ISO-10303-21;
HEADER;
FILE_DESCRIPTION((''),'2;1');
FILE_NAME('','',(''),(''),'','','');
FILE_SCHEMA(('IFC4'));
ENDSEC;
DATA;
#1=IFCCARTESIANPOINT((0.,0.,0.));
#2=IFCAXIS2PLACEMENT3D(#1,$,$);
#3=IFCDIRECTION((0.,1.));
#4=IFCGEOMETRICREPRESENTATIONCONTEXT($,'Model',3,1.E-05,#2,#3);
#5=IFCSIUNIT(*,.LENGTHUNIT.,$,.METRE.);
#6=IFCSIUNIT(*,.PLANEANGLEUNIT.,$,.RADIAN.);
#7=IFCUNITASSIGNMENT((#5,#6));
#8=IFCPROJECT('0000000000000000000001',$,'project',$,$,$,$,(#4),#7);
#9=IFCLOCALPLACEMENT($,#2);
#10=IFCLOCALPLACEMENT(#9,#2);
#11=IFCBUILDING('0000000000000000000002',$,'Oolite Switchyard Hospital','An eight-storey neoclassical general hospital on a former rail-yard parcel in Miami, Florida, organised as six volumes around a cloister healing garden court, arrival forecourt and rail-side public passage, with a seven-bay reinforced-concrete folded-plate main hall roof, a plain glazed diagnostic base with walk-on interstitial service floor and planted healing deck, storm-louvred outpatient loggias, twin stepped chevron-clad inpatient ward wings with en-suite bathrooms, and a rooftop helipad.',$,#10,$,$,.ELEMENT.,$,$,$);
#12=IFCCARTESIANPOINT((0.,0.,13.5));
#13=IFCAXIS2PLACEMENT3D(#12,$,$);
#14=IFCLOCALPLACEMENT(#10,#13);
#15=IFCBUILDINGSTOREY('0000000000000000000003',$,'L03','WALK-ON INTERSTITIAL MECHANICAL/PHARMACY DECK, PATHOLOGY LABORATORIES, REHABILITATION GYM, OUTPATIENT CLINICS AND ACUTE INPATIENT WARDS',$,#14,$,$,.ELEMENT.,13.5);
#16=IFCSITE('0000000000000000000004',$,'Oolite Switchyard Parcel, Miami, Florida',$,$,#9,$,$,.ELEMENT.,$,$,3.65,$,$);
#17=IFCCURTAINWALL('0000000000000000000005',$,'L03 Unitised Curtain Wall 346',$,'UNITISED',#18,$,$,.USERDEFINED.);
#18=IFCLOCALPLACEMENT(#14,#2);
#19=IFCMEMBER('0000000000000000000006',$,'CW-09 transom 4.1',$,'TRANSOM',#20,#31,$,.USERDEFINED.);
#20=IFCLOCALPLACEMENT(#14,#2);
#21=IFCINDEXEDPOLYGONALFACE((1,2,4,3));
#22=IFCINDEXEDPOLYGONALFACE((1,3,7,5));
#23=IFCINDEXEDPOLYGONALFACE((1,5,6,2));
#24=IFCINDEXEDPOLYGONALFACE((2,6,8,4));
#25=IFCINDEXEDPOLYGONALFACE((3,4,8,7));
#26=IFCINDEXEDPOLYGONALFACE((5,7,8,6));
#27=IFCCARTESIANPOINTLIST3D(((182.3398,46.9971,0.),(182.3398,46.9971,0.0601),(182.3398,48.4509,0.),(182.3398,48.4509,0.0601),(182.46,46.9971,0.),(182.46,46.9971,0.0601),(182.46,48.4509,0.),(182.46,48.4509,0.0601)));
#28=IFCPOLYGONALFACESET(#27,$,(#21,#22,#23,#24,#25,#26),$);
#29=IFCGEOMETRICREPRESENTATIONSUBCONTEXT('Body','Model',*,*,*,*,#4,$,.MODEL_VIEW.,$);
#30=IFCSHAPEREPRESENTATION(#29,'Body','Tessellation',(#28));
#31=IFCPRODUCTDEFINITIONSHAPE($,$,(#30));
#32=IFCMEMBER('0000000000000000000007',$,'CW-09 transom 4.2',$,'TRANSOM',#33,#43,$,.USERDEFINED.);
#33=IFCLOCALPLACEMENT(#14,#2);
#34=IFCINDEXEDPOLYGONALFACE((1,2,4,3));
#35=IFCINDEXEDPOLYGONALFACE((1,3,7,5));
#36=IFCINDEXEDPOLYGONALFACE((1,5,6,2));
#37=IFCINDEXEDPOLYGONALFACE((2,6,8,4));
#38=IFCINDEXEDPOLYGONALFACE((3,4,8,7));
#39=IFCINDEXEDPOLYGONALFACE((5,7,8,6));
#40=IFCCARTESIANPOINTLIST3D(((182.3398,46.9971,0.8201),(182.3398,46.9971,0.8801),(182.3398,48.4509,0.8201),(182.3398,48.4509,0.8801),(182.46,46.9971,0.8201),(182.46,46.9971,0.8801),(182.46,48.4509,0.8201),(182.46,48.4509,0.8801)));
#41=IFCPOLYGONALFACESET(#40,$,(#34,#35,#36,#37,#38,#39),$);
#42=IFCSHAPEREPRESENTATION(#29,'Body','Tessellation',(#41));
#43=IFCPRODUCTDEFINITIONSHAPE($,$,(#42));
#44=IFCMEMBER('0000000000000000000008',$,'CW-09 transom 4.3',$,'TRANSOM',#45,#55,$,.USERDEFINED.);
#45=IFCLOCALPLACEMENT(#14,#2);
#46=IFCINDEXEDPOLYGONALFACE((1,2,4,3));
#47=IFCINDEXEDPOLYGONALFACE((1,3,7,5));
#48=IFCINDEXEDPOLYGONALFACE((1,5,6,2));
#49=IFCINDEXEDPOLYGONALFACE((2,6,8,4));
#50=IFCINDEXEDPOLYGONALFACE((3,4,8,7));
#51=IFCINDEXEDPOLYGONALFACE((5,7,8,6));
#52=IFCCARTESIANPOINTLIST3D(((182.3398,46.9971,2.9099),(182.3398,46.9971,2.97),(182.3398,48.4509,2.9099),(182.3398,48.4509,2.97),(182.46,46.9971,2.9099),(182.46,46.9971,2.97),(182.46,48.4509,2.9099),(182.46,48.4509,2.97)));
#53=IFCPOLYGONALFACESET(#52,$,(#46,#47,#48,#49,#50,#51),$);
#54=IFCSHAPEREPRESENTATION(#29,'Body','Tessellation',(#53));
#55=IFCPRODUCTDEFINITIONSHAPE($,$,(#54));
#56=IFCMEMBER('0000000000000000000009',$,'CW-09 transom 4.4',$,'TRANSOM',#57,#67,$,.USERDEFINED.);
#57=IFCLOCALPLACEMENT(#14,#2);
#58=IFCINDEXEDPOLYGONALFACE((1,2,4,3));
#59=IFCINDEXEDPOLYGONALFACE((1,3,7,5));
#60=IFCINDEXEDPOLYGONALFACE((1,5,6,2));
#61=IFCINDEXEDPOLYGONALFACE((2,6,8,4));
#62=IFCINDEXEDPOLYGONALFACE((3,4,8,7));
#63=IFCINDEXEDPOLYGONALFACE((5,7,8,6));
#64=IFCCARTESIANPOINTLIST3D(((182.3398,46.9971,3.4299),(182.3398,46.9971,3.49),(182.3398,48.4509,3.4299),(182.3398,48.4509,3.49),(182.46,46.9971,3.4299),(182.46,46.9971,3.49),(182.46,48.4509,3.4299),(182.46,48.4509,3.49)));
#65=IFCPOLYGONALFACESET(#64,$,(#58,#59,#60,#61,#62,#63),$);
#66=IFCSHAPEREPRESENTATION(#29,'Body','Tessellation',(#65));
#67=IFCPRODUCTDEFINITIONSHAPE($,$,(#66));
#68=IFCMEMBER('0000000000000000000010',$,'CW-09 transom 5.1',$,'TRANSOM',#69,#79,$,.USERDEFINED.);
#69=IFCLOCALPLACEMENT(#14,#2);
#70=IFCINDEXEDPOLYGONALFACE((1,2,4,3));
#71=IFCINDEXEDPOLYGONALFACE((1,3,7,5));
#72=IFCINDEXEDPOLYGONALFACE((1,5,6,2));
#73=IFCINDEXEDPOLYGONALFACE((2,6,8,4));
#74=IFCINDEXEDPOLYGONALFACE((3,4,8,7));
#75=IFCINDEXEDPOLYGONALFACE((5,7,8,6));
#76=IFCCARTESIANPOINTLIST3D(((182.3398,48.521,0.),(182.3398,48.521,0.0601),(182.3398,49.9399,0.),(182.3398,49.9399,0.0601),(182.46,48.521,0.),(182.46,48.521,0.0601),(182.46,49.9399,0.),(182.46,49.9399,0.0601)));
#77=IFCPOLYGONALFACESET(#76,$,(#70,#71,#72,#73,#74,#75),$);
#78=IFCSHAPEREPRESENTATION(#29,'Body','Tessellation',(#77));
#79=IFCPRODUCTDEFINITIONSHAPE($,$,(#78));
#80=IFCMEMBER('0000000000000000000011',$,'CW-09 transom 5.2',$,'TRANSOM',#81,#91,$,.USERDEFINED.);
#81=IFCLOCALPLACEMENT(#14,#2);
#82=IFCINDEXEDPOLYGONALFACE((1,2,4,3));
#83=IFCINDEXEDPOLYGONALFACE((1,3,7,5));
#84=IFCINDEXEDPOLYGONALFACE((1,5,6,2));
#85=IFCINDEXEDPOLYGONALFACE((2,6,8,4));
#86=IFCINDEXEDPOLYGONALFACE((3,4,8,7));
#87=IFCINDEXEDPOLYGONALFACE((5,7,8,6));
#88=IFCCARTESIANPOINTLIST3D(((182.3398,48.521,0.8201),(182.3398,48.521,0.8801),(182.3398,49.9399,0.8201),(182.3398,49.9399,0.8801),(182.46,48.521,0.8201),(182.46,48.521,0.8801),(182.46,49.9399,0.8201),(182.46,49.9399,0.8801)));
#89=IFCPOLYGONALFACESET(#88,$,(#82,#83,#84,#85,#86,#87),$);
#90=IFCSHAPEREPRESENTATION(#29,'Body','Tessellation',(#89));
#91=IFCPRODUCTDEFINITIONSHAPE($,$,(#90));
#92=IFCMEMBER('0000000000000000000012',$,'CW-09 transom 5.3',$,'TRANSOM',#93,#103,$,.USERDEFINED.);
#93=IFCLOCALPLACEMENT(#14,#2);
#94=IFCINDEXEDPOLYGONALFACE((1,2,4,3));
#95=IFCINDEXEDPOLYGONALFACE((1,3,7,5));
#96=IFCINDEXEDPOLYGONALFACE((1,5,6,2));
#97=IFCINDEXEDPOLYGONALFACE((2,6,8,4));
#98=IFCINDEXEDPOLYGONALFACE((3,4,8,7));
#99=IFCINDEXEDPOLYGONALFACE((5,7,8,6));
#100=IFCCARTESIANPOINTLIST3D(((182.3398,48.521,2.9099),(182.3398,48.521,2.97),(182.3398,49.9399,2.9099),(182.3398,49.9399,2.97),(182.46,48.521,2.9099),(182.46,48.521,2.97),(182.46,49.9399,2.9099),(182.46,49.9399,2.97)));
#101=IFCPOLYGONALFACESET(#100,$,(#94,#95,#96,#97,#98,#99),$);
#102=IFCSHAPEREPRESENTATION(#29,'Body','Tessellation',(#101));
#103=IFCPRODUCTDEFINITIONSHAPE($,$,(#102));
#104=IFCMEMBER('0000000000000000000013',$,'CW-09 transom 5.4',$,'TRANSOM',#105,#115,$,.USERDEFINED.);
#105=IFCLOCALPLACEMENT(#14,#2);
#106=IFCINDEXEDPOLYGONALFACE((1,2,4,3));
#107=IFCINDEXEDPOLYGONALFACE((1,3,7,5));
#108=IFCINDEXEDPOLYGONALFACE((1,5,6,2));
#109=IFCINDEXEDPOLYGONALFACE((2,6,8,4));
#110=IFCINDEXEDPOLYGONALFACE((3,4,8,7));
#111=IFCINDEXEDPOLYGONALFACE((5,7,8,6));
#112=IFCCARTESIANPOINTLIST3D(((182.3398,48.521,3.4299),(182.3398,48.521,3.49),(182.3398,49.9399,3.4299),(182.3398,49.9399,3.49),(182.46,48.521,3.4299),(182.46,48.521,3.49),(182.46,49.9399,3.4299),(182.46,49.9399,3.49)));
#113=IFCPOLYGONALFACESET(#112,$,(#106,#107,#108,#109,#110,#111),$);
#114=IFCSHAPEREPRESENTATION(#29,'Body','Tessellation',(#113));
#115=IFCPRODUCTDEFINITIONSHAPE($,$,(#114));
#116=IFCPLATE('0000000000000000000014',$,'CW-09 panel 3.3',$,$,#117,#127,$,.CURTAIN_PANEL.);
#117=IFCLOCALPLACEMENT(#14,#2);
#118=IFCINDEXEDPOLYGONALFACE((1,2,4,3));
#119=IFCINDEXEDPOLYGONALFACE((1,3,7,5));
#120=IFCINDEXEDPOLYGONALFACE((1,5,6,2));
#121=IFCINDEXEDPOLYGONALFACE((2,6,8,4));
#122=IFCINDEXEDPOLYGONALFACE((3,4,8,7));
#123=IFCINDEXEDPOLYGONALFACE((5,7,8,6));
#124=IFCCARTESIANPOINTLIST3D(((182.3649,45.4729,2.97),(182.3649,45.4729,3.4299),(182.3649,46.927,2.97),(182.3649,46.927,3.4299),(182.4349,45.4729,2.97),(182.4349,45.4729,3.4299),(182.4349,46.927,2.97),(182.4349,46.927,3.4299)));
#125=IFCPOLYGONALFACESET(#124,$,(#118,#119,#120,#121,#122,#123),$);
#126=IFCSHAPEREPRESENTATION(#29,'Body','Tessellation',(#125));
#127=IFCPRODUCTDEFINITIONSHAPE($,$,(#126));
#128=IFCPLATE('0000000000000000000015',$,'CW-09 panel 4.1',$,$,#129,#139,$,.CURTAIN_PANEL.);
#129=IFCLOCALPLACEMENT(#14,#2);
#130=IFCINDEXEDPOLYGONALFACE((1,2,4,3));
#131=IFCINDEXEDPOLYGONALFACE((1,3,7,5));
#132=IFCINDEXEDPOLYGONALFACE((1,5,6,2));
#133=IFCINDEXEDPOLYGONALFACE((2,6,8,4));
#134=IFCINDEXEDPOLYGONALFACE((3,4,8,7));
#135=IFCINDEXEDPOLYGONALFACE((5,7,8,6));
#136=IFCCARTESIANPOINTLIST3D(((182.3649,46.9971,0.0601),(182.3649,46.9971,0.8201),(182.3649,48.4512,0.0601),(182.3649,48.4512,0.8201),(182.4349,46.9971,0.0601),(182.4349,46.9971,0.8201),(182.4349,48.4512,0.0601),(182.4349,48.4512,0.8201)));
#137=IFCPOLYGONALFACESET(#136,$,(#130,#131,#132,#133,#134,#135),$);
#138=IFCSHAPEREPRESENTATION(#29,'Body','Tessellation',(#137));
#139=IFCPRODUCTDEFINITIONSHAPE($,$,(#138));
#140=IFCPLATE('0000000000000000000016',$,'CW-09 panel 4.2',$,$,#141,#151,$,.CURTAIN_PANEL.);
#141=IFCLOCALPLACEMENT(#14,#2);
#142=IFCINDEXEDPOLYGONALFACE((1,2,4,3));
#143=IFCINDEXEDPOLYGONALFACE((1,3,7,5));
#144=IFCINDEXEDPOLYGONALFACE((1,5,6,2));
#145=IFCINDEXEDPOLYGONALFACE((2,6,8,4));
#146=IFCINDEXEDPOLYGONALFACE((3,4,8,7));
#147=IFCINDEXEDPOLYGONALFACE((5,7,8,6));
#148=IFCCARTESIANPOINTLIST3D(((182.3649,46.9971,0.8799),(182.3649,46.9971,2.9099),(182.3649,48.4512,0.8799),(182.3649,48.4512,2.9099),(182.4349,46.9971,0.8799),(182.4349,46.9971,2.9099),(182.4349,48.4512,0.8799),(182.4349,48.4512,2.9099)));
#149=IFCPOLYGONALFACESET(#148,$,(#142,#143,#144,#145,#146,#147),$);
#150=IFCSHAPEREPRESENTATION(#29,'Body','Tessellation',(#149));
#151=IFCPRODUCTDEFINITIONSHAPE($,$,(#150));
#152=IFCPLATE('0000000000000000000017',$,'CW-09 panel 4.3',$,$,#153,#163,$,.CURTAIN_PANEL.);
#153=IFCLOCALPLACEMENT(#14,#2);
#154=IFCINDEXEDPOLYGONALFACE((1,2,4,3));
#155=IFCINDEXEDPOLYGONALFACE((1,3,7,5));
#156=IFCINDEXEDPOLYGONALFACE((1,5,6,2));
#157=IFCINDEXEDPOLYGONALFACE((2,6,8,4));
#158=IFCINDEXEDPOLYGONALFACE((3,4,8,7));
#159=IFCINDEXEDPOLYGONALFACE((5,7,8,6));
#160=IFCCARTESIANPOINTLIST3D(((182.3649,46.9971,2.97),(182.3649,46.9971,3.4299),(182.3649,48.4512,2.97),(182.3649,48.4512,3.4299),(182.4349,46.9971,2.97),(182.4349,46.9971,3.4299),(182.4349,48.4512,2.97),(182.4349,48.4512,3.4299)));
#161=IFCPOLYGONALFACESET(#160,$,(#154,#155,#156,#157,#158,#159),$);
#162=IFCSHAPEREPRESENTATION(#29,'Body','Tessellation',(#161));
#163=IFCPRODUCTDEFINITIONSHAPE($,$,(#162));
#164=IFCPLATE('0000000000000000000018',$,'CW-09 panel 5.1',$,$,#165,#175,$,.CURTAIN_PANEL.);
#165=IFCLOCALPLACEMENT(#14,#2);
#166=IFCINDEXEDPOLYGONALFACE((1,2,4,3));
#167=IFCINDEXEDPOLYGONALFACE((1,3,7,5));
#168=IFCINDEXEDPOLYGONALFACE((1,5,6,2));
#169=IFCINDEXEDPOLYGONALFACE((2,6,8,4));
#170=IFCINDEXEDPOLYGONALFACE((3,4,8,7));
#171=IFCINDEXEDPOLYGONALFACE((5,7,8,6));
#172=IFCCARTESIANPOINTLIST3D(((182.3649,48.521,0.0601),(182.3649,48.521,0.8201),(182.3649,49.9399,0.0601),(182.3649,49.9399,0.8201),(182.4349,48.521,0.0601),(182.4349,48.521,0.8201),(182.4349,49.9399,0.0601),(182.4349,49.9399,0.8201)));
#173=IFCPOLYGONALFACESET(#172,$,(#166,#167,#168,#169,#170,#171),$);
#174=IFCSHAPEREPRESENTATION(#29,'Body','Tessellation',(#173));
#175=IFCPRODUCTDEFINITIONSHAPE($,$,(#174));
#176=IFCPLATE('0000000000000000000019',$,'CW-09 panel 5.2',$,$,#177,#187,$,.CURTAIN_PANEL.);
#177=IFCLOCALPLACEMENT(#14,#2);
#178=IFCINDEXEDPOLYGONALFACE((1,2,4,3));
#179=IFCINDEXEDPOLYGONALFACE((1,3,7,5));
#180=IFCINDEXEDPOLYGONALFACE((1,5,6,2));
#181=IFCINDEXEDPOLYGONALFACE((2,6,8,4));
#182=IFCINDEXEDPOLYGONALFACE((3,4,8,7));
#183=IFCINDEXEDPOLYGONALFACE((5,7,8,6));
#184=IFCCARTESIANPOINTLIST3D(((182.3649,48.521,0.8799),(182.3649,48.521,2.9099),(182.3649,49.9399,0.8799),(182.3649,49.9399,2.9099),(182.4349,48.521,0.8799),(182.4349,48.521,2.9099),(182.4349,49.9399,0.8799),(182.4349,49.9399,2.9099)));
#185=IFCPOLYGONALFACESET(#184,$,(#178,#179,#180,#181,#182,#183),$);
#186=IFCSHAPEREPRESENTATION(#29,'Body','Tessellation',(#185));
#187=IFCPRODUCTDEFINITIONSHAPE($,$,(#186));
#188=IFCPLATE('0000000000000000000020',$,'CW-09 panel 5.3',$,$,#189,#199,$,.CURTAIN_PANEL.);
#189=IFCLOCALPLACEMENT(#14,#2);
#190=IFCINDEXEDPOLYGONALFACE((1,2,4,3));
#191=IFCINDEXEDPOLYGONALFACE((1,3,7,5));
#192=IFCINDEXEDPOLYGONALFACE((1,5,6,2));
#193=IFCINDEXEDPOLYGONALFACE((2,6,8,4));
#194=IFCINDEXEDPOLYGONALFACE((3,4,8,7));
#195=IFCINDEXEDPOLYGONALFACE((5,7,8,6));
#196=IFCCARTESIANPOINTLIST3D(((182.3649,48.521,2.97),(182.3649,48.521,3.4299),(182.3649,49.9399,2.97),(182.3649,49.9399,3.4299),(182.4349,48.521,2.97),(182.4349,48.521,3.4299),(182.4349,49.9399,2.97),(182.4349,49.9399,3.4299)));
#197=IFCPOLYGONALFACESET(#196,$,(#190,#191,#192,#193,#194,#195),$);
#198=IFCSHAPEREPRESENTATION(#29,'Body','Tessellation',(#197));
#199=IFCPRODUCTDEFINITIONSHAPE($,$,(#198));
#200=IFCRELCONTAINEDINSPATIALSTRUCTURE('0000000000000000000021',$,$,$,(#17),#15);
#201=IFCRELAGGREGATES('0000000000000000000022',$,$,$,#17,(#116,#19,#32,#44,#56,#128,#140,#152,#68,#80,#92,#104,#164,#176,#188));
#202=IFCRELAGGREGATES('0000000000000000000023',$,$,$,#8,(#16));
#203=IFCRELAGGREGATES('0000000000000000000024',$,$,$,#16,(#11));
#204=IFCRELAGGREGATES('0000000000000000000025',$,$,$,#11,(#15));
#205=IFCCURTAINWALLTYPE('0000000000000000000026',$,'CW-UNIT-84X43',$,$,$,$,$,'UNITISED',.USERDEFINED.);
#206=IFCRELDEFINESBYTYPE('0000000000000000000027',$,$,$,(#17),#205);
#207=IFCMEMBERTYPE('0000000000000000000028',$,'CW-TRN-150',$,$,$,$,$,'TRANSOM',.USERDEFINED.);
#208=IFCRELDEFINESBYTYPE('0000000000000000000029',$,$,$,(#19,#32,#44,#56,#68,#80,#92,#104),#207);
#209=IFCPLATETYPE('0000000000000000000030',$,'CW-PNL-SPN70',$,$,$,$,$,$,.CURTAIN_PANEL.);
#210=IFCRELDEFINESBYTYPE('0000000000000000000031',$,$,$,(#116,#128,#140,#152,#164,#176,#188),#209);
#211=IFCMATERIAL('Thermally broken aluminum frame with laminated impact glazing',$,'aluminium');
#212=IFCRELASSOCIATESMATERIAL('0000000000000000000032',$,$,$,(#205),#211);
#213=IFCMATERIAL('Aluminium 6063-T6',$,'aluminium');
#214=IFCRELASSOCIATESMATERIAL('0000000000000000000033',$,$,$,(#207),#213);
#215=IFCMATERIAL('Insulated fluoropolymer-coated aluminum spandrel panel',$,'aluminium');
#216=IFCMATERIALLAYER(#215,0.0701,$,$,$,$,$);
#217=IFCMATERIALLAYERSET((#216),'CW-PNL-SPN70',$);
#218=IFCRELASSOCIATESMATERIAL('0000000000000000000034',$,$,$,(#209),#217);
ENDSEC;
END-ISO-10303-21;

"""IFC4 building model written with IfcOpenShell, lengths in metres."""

from ifc_helpers import new_model, si_unit, direction, frame, origin, origin_2d, place, context, subcontext, project, spatial, rectangle, extrude, material, layer, layer_set, material_profile, profile_set, type_object, element, aggregate, save


model = new_model("IFC4")

# Units and contexts
model_context = context("Model", 3, precision=1e-05, world=origin(), true_north=direction((0.0, 1.0)))
body_context = subcontext(model_context, "Body", "Model", "MODEL_VIEW")
ifc_project = project(units=[si_unit("LENGTHUNIT", "METRE"), si_unit("PLANEANGLEUNIT", "RADIAN")], contexts=[model_context])

# Site, building, storey
site_placement = place(None, origin())
site = spatial("IfcSite", under=ifc_project, at=site_placement, Name="Oolite Switchyard Parcel, Miami, Florida", CompositionType="ELEMENT", RefElevation=3.65)
building_placement = place(site_placement, origin())
building = spatial("IfcBuilding", under=site, at=building_placement, Name="Oolite Switchyard Hospital", Description="An eight-storey neoclassical general hospital on a former rail-yard parcel in Miami, Florida, organised as six volumes around a cloister healing garden court, arrival forecourt and rail-side public passage, with a seven-bay reinforced-concrete folded-plate main hall roof, a plain glazed diagnostic base with walk-on interstitial service floor and planted healing deck, storm-louvred outpatient loggias, twin stepped chevron-clad inpatient ward wings with en-suite bathrooms, and a rooftop helipad.", CompositionType="ELEMENT")
storey_placement = place(building_placement, frame((0.0, 0.0, 13.5)))
storey = spatial("IfcBuildingStorey", under=building, at=storey_placement, Name="L03", Description="WALK-ON INTERSTITIAL MECHANICAL/PHARMACY DECK, PATHOLOGY LABORATORIES, REHABILITATION GYM, OUTPATIENT CLINICS AND ACUTE INPATIENT WARDS", CompositionType="ELEMENT", Elevation=13.5)

# Curtain wall, members, plates
ifc_material_1 = material(Name="Thermally broken aluminum frame with laminated impact glazing", Category="aluminium")
curtain_wall_type = type_object("IfcCurtainWallType", Name="CW-UNIT-84X43", ElementType="UNITISED", PredefinedType="USERDEFINED", material=ifc_material_1)
curtain_wall_placement = place(storey_placement, origin())
curtain_wall = element("IfcCurtainWall", 1, at=curtain_wall_placement, inside=storey, type_object=curtain_wall_type, Name="L03 Unitised Curtain Wall 346", ObjectType="UNITISED", PredefinedType="USERDEFINED")
ifc_material_2 = material(Name="Aluminium 6063-T6", Category="aluminium")
ifc_material_profile_1 = material_profile(ifc_material_2, rectangle(XDim=0.1201, YDim=0.0601, at=origin_2d()), Name="CWT60X120")
ifc_profile_set_1 = profile_set([ifc_material_profile_1], Name="Aluminium 6063-T6")
member_type_1 = type_object("IfcMemberType", Name="CW-TRN-150", ElementType="TRANSOM", PredefinedType="USERDEFINED", material=ifc_profile_set_1)
member_1_placement = place(storey_placement, frame((182.3999, 46.9971, 0.03), z_axis=(0.0, 1.0, 0.0), x_axis=(-1.0, 0.0, 0.0)))
member_1 = element("IfcMember", 2, at=member_1_placement, type_object=member_type_1, Name="CW-09 transom 4.1", ObjectType="TRANSOM", PredefinedType="USERDEFINED", context=body_context, shape_type="SweptSolid", body=[
    extrude(rectangle(XDim=0.1201, YDim=0.0601, at=origin_2d()), origin(), (0.0, 0.0, 1.0), 1.4539),
])
member_2_placement = place(storey_placement, frame((182.3999, 46.9971, 0.8501), z_axis=(0.0, 1.0, 0.0), x_axis=(-1.0, 0.0, 0.0)))
member_2 = element("IfcMember", 3, at=member_2_placement, type_object=member_type_1, Name="CW-09 transom 4.2", ObjectType="TRANSOM", PredefinedType="USERDEFINED", context=body_context, shape_type="SweptSolid", body=[
    extrude(rectangle(XDim=0.1201, YDim=0.0601, at=origin_2d()), origin(), (0.0, 0.0, 1.0), 1.4539),
])
member_3_placement = place(storey_placement, frame((182.3999, 46.9971, 2.9399), z_axis=(0.0, 1.0, 0.0), x_axis=(-1.0, 0.0, 0.0)))
member_3 = element("IfcMember", 4, at=member_3_placement, type_object=member_type_1, Name="CW-09 transom 4.3", ObjectType="TRANSOM", PredefinedType="USERDEFINED", context=body_context, shape_type="SweptSolid", body=[
    extrude(rectangle(XDim=0.1201, YDim=0.0601, at=origin_2d()), origin(), (0.0, 0.0, 1.0), 1.4539),
])
member_4_placement = place(storey_placement, frame((182.3999, 46.9971, 3.46), z_axis=(0.0, 1.0, 0.0), x_axis=(-1.0, 0.0, 0.0)))
member_4 = element("IfcMember", 5, at=member_4_placement, type_object=member_type_1, Name="CW-09 transom 4.4", ObjectType="TRANSOM", PredefinedType="USERDEFINED", context=body_context, shape_type="SweptSolid", body=[
    extrude(rectangle(XDim=0.1201, YDim=0.0601, at=origin_2d()), origin(), (0.0, 0.0, 1.0), 1.4539),
])
member_5_placement = place(storey_placement, frame((182.3999, 48.521, 0.03), z_axis=(0.0, 1.0, 0.0), x_axis=(-1.0, 0.0, 0.0)))
member_5 = element("IfcMember", 6, at=member_5_placement, type_object=member_type_1, Name="CW-09 transom 5.1", ObjectType="TRANSOM", PredefinedType="USERDEFINED", context=body_context, shape_type="SweptSolid", body=[
    extrude(rectangle(XDim=0.1201, YDim=0.0601, at=origin_2d()), origin(), (0.0, 0.0, 1.0), 1.4189),
])
member_6_placement = place(storey_placement, frame((182.3999, 48.521, 0.8501), z_axis=(0.0, 1.0, 0.0), x_axis=(-1.0, 0.0, 0.0)))
member_6 = element("IfcMember", 7, at=member_6_placement, type_object=member_type_1, Name="CW-09 transom 5.2", ObjectType="TRANSOM", PredefinedType="USERDEFINED", context=body_context, shape_type="SweptSolid", body=[
    extrude(rectangle(XDim=0.1201, YDim=0.0601, at=origin_2d()), origin(), (0.0, 0.0, 1.0), 1.4189),
])
member_7_placement = place(storey_placement, frame((182.3999, 48.521, 2.9399), z_axis=(0.0, 1.0, 0.0), x_axis=(-1.0, 0.0, 0.0)))
member_7 = element("IfcMember", 8, at=member_7_placement, type_object=member_type_1, Name="CW-09 transom 5.3", ObjectType="TRANSOM", PredefinedType="USERDEFINED", context=body_context, shape_type="SweptSolid", body=[
    extrude(rectangle(XDim=0.1201, YDim=0.0601, at=origin_2d()), origin(), (0.0, 0.0, 1.0), 1.4189),
])
member_8_placement = place(storey_placement, frame((182.3999, 48.521, 3.46), z_axis=(0.0, 1.0, 0.0), x_axis=(-1.0, 0.0, 0.0)))
member_8 = element("IfcMember", 9, at=member_8_placement, type_object=member_type_1, Name="CW-09 transom 5.4", ObjectType="TRANSOM", PredefinedType="USERDEFINED", context=body_context, shape_type="SweptSolid", body=[
    extrude(rectangle(XDim=0.1201, YDim=0.0601, at=origin_2d()), origin(), (0.0, 0.0, 1.0), 1.4189),
])
ifc_material_3 = material(Name="Insulated fluoropolymer-coated aluminum spandrel panel", Category="aluminium")
ifc_layer_1 = layer(ifc_material_3, 0.0701)
ifc_layer_set_1 = layer_set([ifc_layer_1], Name="CW-PNL-SPN70")
plate_type = type_object("IfcPlateType", Name="CW-PNL-SPN70", PredefinedType="CURTAIN_PANEL", material=ifc_layer_set_1)
plate_1_placement = place(storey_placement, frame((182.3999, 46.2, 2.97), z_axis=(0.0, 0.0, 1.0), x_axis=(0.0, 1.0, 0.0)))
plate_1 = element("IfcPlate", 10, at=plate_1_placement, type_object=plate_type, Name="CW-09 panel 3.3", PredefinedType="CURTAIN_PANEL", context=body_context, shape_type="SweptSolid", body=[
    extrude(rectangle(XDim=1.4541, YDim=0.0701, at=origin_2d()), origin(), (0.0, 0.0, 1.0), 0.46),
])
plate_2_placement = place(storey_placement, frame((182.3999, 47.7241, 0.0601), z_axis=(0.0, 0.0, 1.0), x_axis=(0.0, 1.0, 0.0)))
plate_2 = element("IfcPlate", 11, at=plate_2_placement, type_object=plate_type, Name="CW-09 panel 4.1", PredefinedType="CURTAIN_PANEL", context=body_context, shape_type="SweptSolid", body=[
    extrude(rectangle(XDim=1.4541, YDim=0.0701, at=origin_2d()), origin(), (0.0, 0.0, 1.0), 0.76),
])
plate_3_placement = place(storey_placement, frame((182.3999, 47.7241, 0.8799), z_axis=(0.0, 0.0, 1.0), x_axis=(0.0, 1.0, 0.0)))
plate_3 = element("IfcPlate", 12, at=plate_3_placement, type_object=plate_type, Name="CW-09 panel 4.2", PredefinedType="CURTAIN_PANEL", context=body_context, shape_type="SweptSolid", body=[
    extrude(rectangle(XDim=1.4541, YDim=0.0701, at=origin_2d()), origin(), (0.0, 0.0, 1.0), 2.03),
])
plate_4_placement = place(storey_placement, frame((182.3999, 47.7241, 2.97), z_axis=(0.0, 0.0, 1.0), x_axis=(0.0, 1.0, 0.0)))
plate_4 = element("IfcPlate", 13, at=plate_4_placement, type_object=plate_type, Name="CW-09 panel 4.3", PredefinedType="CURTAIN_PANEL", context=body_context, shape_type="SweptSolid", body=[
    extrude(rectangle(XDim=1.4541, YDim=0.0701, at=origin_2d()), origin(), (0.0, 0.0, 1.0), 0.46),
])
plate_5_placement = place(storey_placement, frame((182.3999, 49.2305, 0.0601), z_axis=(0.0, 0.0, 1.0), x_axis=(0.0, 1.0, 0.0)))
plate_5 = element("IfcPlate", 14, at=plate_5_placement, type_object=plate_type, Name="CW-09 panel 5.1", PredefinedType="CURTAIN_PANEL", context=body_context, shape_type="SweptSolid", body=[
    extrude(rectangle(XDim=1.4189, YDim=0.0701, at=origin_2d()), origin(), (0.0, 0.0, 1.0), 0.76),
])
plate_6_placement = place(storey_placement, frame((182.3999, 49.2305, 0.8799), z_axis=(0.0, 0.0, 1.0), x_axis=(0.0, 1.0, 0.0)))
plate_6 = element("IfcPlate", 15, at=plate_6_placement, type_object=plate_type, Name="CW-09 panel 5.2", PredefinedType="CURTAIN_PANEL", context=body_context, shape_type="SweptSolid", body=[
    extrude(rectangle(XDim=1.4189, YDim=0.0701, at=origin_2d()), origin(), (0.0, 0.0, 1.0), 2.03),
])
plate_7_placement = place(storey_placement, frame((182.3999, 49.2305, 2.97), z_axis=(0.0, 0.0, 1.0), x_axis=(0.0, 1.0, 0.0)))
plate_7 = element("IfcPlate", 16, at=plate_7_placement, type_object=plate_type, Name="CW-09 panel 5.3", PredefinedType="CURTAIN_PANEL", context=body_context, shape_type="SweptSolid", body=[
    extrude(rectangle(XDim=1.4189, YDim=0.0701, at=origin_2d()), origin(), (0.0, 0.0, 1.0), 0.46),
])
aggregate(curtain_wall, [plate_1, member_1, member_2, member_3, member_4, plate_2, plate_3, plate_4, member_5, member_6, member_7, member_8, plate_5, plate_6, plate_7])

save(model, "model.ifc")
